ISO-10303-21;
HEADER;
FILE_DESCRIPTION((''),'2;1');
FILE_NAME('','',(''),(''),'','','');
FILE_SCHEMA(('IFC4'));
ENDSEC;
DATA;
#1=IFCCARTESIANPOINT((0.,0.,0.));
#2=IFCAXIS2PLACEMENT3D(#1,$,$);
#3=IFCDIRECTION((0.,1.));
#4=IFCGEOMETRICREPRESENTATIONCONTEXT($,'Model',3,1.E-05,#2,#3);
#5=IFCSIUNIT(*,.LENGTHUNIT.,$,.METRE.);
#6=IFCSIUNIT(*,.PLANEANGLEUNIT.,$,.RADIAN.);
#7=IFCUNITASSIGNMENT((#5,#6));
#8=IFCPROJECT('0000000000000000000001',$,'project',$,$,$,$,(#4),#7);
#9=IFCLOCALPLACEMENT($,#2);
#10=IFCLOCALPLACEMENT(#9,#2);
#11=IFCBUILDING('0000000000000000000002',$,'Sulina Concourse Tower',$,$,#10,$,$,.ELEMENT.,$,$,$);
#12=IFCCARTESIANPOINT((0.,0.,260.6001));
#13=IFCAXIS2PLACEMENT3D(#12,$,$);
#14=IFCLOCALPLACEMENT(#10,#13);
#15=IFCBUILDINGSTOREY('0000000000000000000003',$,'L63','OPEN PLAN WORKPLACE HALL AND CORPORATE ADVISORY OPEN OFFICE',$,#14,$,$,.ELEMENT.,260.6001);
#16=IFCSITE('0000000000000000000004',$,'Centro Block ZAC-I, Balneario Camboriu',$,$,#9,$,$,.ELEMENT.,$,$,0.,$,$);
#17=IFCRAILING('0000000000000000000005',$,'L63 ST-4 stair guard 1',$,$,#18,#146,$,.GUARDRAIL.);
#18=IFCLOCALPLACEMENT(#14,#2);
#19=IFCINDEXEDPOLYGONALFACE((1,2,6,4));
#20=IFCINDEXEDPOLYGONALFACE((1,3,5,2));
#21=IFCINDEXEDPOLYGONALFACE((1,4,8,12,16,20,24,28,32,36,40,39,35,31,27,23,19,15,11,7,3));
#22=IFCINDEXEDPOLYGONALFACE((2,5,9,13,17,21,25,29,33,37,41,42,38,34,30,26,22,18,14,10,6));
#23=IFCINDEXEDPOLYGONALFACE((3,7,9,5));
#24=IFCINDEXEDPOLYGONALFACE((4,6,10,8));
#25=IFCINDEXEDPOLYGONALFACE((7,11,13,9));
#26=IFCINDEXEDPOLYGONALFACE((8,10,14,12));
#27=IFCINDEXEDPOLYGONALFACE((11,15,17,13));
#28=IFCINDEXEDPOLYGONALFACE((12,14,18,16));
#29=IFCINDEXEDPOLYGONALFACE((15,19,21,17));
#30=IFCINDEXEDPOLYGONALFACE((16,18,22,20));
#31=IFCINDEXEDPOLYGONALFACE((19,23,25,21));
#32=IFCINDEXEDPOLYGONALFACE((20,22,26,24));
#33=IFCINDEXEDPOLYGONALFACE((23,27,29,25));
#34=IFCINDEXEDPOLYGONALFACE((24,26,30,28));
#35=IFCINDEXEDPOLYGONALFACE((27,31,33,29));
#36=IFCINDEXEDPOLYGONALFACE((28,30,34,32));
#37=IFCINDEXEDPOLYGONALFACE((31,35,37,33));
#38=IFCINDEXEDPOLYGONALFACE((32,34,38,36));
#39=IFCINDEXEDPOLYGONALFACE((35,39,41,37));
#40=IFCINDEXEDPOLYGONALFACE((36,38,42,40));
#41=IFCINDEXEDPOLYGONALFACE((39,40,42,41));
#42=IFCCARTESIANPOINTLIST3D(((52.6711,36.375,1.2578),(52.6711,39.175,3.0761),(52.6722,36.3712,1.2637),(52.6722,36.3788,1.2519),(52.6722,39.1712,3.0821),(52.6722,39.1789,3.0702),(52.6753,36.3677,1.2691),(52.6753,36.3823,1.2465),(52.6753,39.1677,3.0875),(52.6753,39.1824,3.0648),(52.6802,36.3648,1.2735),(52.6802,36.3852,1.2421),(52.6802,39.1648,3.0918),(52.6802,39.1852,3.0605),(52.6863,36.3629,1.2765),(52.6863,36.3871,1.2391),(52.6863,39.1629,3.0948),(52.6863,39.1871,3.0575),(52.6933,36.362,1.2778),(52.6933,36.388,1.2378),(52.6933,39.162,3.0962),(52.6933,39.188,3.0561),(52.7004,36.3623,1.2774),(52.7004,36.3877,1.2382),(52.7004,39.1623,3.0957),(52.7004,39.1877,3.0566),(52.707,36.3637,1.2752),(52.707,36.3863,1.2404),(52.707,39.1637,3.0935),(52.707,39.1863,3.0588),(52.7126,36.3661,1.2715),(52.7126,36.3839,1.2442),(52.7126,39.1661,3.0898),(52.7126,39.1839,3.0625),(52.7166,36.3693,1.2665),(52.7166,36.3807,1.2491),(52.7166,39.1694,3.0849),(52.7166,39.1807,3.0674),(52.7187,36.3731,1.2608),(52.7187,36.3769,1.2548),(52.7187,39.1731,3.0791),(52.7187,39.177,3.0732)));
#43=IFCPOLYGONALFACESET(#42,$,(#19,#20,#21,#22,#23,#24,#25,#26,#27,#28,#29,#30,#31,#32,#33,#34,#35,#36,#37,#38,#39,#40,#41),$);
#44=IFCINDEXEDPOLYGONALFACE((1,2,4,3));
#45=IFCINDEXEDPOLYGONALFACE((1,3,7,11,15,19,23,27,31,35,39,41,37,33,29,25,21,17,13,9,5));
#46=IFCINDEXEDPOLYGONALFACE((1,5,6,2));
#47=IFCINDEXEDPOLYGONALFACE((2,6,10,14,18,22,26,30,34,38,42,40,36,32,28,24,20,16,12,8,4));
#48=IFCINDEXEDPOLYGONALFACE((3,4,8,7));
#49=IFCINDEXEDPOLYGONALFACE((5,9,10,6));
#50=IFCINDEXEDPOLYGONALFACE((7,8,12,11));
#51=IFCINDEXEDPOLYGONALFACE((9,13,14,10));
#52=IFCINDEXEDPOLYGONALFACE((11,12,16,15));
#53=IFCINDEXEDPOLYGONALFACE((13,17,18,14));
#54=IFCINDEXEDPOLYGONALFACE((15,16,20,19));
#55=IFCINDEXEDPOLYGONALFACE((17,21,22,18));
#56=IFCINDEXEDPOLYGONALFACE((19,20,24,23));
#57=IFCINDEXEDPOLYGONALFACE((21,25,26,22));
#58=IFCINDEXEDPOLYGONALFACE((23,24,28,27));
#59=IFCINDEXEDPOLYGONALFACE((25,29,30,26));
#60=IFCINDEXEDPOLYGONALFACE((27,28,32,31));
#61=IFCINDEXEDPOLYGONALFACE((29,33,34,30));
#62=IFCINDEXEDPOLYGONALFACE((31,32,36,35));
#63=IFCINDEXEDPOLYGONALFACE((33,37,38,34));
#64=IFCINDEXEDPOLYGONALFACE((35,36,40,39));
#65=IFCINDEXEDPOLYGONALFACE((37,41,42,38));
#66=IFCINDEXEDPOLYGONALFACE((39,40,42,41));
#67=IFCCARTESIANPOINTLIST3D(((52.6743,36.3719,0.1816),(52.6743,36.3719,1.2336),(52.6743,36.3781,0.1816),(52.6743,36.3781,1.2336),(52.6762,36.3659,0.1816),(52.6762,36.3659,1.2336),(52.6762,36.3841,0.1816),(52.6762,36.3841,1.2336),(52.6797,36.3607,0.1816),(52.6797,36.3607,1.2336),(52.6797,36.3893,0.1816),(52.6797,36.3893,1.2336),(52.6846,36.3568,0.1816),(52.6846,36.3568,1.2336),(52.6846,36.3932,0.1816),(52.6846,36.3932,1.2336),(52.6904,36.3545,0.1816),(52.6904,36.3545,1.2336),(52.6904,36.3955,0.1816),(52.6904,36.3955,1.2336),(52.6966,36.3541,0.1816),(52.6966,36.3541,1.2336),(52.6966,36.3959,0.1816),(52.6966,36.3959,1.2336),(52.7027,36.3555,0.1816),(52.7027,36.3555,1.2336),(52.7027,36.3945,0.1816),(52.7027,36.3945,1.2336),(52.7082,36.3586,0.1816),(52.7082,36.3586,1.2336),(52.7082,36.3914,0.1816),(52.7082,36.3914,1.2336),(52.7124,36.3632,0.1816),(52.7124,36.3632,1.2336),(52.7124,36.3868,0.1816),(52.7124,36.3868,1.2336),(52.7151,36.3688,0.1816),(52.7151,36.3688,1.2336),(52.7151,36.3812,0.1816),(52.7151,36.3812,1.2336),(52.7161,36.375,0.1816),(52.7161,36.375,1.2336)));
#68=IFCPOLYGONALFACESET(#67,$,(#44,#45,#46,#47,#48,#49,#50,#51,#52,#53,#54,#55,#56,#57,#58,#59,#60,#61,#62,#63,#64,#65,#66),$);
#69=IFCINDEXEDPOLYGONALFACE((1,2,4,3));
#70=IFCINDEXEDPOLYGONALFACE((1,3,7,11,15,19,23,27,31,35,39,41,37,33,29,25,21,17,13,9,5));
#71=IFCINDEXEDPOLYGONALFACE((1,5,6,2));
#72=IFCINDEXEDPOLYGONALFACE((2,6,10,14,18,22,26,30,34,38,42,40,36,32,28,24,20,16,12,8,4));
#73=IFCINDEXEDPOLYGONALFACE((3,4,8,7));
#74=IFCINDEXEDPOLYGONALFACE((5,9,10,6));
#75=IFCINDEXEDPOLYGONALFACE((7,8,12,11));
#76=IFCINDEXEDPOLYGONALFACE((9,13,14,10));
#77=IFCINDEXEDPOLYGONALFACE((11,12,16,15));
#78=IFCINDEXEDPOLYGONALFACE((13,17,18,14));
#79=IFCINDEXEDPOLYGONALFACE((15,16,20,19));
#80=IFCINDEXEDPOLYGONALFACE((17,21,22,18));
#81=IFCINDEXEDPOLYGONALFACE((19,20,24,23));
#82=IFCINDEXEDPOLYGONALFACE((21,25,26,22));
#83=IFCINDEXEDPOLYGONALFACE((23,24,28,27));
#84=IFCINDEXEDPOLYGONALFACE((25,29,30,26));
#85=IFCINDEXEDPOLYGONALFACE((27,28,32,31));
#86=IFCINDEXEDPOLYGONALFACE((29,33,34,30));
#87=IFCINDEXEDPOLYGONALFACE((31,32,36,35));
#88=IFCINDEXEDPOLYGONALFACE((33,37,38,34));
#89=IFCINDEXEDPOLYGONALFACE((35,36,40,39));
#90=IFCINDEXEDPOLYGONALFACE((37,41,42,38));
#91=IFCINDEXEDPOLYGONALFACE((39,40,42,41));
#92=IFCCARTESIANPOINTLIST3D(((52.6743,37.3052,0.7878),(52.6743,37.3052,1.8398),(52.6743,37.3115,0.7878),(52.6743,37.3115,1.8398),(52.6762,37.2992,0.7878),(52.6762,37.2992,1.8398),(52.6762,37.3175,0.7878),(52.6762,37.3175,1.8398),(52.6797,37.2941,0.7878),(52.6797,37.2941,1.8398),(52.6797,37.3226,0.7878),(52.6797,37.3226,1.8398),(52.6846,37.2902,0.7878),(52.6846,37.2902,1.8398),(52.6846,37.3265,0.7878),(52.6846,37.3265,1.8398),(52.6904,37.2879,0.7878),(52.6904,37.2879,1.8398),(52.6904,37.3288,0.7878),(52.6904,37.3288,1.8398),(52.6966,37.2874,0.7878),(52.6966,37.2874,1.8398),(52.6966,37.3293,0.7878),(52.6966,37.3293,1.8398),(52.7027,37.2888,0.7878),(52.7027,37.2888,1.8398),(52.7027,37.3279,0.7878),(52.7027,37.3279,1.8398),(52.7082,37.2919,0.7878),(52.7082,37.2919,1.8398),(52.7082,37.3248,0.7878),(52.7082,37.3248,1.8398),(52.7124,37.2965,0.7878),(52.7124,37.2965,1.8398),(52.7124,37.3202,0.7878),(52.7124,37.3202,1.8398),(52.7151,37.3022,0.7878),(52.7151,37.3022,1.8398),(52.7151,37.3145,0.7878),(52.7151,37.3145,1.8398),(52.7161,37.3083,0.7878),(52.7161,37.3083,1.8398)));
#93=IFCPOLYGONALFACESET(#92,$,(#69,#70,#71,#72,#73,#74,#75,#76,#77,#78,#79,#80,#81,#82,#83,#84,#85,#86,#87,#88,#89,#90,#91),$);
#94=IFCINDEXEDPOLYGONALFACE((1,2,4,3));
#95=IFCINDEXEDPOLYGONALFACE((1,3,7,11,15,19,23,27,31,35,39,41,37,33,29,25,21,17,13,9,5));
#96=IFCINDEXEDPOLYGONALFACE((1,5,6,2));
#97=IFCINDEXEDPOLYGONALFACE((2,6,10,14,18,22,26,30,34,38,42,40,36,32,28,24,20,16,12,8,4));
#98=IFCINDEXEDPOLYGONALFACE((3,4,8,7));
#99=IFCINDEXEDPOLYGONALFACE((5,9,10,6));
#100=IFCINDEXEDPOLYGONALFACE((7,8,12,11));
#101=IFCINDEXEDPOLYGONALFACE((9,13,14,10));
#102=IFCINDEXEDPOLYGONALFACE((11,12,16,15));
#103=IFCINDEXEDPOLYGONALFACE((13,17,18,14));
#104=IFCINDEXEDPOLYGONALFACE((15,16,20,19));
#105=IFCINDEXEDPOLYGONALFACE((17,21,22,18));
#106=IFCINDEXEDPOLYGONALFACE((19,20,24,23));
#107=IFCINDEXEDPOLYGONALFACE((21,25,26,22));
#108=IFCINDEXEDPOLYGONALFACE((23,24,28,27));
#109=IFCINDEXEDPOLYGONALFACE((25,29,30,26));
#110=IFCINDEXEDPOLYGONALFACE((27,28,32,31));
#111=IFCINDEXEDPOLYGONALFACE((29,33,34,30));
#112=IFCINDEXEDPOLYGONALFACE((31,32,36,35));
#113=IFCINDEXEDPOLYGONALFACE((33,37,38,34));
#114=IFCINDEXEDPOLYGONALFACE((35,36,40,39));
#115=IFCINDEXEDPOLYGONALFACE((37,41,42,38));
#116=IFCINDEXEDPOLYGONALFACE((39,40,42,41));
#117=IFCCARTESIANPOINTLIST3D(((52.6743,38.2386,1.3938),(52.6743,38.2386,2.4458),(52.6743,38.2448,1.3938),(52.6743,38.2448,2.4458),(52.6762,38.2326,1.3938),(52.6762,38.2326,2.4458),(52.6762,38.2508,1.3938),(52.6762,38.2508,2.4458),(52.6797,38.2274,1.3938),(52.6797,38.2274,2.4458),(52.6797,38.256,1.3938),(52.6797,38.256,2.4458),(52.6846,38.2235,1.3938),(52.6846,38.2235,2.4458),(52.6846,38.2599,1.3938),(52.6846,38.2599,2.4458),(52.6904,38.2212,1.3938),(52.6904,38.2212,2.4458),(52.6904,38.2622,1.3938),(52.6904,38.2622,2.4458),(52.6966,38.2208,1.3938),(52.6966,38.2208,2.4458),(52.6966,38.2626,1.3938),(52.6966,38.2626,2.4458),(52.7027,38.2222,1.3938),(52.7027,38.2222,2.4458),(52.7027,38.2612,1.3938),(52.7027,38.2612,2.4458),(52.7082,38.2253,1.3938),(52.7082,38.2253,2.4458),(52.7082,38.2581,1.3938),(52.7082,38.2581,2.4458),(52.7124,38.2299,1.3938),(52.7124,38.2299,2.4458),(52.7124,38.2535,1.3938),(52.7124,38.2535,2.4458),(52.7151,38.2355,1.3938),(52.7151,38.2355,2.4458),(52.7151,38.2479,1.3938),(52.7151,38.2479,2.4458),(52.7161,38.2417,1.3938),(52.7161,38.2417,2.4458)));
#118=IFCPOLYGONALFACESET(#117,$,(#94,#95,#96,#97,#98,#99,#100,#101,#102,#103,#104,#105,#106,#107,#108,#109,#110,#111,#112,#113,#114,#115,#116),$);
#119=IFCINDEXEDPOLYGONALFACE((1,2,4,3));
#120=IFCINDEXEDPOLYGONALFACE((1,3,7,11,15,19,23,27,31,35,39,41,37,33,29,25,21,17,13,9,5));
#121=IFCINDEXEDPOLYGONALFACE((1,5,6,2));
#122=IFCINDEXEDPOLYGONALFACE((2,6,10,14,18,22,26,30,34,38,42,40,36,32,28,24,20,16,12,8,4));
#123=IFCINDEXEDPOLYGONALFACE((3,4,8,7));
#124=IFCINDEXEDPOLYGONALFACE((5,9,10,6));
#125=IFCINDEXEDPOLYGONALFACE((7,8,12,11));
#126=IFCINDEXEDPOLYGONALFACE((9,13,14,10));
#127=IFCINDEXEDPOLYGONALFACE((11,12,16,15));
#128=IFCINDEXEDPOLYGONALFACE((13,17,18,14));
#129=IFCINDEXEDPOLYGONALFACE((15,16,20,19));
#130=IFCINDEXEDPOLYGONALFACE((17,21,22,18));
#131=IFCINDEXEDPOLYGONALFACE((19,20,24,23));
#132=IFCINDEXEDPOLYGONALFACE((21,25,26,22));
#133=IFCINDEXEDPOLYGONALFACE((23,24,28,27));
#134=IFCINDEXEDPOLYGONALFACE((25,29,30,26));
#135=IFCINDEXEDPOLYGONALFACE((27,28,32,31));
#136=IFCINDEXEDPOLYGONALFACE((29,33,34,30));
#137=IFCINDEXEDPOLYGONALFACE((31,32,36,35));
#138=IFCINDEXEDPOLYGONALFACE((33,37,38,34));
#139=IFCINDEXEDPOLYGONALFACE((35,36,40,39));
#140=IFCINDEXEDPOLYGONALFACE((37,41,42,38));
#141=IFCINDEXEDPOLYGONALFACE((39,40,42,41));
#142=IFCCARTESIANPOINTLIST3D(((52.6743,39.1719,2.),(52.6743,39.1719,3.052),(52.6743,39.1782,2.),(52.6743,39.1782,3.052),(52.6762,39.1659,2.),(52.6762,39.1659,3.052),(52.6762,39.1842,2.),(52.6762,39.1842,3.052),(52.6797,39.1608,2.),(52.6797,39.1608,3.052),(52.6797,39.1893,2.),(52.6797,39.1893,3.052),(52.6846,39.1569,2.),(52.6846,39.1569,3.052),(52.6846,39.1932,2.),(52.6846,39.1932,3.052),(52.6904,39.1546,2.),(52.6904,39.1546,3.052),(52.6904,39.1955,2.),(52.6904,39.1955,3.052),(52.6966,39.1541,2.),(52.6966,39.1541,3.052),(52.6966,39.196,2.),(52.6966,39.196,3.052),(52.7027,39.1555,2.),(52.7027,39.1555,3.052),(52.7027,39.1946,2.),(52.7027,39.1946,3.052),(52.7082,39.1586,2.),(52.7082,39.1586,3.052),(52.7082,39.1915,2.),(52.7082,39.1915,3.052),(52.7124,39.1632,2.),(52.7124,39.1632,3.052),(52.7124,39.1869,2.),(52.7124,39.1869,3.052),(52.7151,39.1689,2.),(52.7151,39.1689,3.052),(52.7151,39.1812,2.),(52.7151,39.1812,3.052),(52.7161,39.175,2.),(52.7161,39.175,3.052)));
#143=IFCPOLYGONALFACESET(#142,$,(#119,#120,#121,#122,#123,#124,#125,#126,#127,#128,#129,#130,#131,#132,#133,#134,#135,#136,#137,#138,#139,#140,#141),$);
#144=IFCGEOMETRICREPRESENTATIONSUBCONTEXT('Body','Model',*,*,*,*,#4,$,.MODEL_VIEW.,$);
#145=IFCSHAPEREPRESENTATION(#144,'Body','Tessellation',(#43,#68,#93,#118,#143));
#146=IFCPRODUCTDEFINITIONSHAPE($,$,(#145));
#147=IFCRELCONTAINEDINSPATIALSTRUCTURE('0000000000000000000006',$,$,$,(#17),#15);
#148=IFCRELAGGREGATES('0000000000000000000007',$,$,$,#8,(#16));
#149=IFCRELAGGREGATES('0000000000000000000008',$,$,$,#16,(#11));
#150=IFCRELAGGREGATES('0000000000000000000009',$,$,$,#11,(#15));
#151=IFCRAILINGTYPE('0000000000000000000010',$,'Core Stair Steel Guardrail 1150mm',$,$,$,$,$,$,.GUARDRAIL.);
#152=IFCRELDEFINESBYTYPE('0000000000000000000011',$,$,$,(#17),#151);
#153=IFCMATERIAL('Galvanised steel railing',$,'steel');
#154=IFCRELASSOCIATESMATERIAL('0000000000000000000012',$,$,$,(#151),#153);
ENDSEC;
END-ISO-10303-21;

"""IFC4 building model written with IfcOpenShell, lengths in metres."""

from ifc_helpers import new_model, si_unit, direction, frame, origin, origin_2d, place, context, subcontext, project, spatial, circle, extrude, material, type_object, element, save


model = new_model("IFC4")

# Units and contexts
model_context = context("Model", 3, precision=1e-05, world=origin(), true_north=direction((0.0, 1.0)))
body_context = subcontext(model_context, "Body", "Model", "MODEL_VIEW")
ifc_project = project(units=[si_unit("LENGTHUNIT", "METRE"), si_unit("PLANEANGLEUNIT", "RADIAN")], contexts=[model_context])

# Site, building, storey
site_placement = place(None, origin())
site = spatial("IfcSite", under=ifc_project, at=site_placement, Name="Centro Block ZAC-I, Balneario Camboriu", CompositionType="ELEMENT", RefElevation=0.0)
building_placement = place(site_placement, origin())
building = spatial("IfcBuilding", under=site, at=building_placement, Name="Sulina Concourse Tower", CompositionType="ELEMENT")
storey_placement = place(building_placement, frame((0.0, 0.0, 260.6001)))
storey = spatial("IfcBuildingStorey", under=building, at=storey_placement, Name="L63", Description="OPEN PLAN WORKPLACE HALL AND CORPORATE ADVISORY OPEN OFFICE", CompositionType="ELEMENT", Elevation=260.6001)

# Railing
ifc_material_1 = material(Name="Galvanised steel railing", Category="steel")
railing_type_1 = type_object("IfcRailingType", Name="Core Stair Steel Guardrail 1150mm", PredefinedType="GUARDRAIL", material=ifc_material_1)
railing_1_placement = place(storey_placement, frame((52.6951, 36.375, 0.1816)))
element("IfcRailing", 1, at=railing_1_placement, inside=storey, type_object=railing_type_1, Name="L63 ST-4 stair guard 1", PredefinedType="GUARDRAIL", context=body_context, shape_type="SweptSolid", body=[
    extrude(circle(Radius=0.0239, at=origin_2d()), frame((0.0, 0.0, 1.0762), z_axis=(0.0, 0.838672, 0.544636), x_axis=(-1.0, 0.0, 0.0)), (0.0, 0.0, 1.0), 3.3386),
    extrude(circle(Radius=0.021, at=origin_2d()), origin(), (0.0, 0.0, 1.0), 1.052),
    extrude(circle(Radius=0.021, at=origin_2d()), frame((0.0, 0.9333, 0.6062)), (0.0, 0.0, 1.0), 1.052),
    extrude(circle(Radius=0.021, at=origin_2d()), frame((0.0, 1.8667, 1.2122)), (0.0, 0.0, 1.0), 1.052),
    extrude(circle(Radius=0.021, at=origin_2d()), frame((0.0, 2.8, 1.8184)), (0.0, 0.0, 1.0), 1.052),
])

save(model, "model.ifc")
